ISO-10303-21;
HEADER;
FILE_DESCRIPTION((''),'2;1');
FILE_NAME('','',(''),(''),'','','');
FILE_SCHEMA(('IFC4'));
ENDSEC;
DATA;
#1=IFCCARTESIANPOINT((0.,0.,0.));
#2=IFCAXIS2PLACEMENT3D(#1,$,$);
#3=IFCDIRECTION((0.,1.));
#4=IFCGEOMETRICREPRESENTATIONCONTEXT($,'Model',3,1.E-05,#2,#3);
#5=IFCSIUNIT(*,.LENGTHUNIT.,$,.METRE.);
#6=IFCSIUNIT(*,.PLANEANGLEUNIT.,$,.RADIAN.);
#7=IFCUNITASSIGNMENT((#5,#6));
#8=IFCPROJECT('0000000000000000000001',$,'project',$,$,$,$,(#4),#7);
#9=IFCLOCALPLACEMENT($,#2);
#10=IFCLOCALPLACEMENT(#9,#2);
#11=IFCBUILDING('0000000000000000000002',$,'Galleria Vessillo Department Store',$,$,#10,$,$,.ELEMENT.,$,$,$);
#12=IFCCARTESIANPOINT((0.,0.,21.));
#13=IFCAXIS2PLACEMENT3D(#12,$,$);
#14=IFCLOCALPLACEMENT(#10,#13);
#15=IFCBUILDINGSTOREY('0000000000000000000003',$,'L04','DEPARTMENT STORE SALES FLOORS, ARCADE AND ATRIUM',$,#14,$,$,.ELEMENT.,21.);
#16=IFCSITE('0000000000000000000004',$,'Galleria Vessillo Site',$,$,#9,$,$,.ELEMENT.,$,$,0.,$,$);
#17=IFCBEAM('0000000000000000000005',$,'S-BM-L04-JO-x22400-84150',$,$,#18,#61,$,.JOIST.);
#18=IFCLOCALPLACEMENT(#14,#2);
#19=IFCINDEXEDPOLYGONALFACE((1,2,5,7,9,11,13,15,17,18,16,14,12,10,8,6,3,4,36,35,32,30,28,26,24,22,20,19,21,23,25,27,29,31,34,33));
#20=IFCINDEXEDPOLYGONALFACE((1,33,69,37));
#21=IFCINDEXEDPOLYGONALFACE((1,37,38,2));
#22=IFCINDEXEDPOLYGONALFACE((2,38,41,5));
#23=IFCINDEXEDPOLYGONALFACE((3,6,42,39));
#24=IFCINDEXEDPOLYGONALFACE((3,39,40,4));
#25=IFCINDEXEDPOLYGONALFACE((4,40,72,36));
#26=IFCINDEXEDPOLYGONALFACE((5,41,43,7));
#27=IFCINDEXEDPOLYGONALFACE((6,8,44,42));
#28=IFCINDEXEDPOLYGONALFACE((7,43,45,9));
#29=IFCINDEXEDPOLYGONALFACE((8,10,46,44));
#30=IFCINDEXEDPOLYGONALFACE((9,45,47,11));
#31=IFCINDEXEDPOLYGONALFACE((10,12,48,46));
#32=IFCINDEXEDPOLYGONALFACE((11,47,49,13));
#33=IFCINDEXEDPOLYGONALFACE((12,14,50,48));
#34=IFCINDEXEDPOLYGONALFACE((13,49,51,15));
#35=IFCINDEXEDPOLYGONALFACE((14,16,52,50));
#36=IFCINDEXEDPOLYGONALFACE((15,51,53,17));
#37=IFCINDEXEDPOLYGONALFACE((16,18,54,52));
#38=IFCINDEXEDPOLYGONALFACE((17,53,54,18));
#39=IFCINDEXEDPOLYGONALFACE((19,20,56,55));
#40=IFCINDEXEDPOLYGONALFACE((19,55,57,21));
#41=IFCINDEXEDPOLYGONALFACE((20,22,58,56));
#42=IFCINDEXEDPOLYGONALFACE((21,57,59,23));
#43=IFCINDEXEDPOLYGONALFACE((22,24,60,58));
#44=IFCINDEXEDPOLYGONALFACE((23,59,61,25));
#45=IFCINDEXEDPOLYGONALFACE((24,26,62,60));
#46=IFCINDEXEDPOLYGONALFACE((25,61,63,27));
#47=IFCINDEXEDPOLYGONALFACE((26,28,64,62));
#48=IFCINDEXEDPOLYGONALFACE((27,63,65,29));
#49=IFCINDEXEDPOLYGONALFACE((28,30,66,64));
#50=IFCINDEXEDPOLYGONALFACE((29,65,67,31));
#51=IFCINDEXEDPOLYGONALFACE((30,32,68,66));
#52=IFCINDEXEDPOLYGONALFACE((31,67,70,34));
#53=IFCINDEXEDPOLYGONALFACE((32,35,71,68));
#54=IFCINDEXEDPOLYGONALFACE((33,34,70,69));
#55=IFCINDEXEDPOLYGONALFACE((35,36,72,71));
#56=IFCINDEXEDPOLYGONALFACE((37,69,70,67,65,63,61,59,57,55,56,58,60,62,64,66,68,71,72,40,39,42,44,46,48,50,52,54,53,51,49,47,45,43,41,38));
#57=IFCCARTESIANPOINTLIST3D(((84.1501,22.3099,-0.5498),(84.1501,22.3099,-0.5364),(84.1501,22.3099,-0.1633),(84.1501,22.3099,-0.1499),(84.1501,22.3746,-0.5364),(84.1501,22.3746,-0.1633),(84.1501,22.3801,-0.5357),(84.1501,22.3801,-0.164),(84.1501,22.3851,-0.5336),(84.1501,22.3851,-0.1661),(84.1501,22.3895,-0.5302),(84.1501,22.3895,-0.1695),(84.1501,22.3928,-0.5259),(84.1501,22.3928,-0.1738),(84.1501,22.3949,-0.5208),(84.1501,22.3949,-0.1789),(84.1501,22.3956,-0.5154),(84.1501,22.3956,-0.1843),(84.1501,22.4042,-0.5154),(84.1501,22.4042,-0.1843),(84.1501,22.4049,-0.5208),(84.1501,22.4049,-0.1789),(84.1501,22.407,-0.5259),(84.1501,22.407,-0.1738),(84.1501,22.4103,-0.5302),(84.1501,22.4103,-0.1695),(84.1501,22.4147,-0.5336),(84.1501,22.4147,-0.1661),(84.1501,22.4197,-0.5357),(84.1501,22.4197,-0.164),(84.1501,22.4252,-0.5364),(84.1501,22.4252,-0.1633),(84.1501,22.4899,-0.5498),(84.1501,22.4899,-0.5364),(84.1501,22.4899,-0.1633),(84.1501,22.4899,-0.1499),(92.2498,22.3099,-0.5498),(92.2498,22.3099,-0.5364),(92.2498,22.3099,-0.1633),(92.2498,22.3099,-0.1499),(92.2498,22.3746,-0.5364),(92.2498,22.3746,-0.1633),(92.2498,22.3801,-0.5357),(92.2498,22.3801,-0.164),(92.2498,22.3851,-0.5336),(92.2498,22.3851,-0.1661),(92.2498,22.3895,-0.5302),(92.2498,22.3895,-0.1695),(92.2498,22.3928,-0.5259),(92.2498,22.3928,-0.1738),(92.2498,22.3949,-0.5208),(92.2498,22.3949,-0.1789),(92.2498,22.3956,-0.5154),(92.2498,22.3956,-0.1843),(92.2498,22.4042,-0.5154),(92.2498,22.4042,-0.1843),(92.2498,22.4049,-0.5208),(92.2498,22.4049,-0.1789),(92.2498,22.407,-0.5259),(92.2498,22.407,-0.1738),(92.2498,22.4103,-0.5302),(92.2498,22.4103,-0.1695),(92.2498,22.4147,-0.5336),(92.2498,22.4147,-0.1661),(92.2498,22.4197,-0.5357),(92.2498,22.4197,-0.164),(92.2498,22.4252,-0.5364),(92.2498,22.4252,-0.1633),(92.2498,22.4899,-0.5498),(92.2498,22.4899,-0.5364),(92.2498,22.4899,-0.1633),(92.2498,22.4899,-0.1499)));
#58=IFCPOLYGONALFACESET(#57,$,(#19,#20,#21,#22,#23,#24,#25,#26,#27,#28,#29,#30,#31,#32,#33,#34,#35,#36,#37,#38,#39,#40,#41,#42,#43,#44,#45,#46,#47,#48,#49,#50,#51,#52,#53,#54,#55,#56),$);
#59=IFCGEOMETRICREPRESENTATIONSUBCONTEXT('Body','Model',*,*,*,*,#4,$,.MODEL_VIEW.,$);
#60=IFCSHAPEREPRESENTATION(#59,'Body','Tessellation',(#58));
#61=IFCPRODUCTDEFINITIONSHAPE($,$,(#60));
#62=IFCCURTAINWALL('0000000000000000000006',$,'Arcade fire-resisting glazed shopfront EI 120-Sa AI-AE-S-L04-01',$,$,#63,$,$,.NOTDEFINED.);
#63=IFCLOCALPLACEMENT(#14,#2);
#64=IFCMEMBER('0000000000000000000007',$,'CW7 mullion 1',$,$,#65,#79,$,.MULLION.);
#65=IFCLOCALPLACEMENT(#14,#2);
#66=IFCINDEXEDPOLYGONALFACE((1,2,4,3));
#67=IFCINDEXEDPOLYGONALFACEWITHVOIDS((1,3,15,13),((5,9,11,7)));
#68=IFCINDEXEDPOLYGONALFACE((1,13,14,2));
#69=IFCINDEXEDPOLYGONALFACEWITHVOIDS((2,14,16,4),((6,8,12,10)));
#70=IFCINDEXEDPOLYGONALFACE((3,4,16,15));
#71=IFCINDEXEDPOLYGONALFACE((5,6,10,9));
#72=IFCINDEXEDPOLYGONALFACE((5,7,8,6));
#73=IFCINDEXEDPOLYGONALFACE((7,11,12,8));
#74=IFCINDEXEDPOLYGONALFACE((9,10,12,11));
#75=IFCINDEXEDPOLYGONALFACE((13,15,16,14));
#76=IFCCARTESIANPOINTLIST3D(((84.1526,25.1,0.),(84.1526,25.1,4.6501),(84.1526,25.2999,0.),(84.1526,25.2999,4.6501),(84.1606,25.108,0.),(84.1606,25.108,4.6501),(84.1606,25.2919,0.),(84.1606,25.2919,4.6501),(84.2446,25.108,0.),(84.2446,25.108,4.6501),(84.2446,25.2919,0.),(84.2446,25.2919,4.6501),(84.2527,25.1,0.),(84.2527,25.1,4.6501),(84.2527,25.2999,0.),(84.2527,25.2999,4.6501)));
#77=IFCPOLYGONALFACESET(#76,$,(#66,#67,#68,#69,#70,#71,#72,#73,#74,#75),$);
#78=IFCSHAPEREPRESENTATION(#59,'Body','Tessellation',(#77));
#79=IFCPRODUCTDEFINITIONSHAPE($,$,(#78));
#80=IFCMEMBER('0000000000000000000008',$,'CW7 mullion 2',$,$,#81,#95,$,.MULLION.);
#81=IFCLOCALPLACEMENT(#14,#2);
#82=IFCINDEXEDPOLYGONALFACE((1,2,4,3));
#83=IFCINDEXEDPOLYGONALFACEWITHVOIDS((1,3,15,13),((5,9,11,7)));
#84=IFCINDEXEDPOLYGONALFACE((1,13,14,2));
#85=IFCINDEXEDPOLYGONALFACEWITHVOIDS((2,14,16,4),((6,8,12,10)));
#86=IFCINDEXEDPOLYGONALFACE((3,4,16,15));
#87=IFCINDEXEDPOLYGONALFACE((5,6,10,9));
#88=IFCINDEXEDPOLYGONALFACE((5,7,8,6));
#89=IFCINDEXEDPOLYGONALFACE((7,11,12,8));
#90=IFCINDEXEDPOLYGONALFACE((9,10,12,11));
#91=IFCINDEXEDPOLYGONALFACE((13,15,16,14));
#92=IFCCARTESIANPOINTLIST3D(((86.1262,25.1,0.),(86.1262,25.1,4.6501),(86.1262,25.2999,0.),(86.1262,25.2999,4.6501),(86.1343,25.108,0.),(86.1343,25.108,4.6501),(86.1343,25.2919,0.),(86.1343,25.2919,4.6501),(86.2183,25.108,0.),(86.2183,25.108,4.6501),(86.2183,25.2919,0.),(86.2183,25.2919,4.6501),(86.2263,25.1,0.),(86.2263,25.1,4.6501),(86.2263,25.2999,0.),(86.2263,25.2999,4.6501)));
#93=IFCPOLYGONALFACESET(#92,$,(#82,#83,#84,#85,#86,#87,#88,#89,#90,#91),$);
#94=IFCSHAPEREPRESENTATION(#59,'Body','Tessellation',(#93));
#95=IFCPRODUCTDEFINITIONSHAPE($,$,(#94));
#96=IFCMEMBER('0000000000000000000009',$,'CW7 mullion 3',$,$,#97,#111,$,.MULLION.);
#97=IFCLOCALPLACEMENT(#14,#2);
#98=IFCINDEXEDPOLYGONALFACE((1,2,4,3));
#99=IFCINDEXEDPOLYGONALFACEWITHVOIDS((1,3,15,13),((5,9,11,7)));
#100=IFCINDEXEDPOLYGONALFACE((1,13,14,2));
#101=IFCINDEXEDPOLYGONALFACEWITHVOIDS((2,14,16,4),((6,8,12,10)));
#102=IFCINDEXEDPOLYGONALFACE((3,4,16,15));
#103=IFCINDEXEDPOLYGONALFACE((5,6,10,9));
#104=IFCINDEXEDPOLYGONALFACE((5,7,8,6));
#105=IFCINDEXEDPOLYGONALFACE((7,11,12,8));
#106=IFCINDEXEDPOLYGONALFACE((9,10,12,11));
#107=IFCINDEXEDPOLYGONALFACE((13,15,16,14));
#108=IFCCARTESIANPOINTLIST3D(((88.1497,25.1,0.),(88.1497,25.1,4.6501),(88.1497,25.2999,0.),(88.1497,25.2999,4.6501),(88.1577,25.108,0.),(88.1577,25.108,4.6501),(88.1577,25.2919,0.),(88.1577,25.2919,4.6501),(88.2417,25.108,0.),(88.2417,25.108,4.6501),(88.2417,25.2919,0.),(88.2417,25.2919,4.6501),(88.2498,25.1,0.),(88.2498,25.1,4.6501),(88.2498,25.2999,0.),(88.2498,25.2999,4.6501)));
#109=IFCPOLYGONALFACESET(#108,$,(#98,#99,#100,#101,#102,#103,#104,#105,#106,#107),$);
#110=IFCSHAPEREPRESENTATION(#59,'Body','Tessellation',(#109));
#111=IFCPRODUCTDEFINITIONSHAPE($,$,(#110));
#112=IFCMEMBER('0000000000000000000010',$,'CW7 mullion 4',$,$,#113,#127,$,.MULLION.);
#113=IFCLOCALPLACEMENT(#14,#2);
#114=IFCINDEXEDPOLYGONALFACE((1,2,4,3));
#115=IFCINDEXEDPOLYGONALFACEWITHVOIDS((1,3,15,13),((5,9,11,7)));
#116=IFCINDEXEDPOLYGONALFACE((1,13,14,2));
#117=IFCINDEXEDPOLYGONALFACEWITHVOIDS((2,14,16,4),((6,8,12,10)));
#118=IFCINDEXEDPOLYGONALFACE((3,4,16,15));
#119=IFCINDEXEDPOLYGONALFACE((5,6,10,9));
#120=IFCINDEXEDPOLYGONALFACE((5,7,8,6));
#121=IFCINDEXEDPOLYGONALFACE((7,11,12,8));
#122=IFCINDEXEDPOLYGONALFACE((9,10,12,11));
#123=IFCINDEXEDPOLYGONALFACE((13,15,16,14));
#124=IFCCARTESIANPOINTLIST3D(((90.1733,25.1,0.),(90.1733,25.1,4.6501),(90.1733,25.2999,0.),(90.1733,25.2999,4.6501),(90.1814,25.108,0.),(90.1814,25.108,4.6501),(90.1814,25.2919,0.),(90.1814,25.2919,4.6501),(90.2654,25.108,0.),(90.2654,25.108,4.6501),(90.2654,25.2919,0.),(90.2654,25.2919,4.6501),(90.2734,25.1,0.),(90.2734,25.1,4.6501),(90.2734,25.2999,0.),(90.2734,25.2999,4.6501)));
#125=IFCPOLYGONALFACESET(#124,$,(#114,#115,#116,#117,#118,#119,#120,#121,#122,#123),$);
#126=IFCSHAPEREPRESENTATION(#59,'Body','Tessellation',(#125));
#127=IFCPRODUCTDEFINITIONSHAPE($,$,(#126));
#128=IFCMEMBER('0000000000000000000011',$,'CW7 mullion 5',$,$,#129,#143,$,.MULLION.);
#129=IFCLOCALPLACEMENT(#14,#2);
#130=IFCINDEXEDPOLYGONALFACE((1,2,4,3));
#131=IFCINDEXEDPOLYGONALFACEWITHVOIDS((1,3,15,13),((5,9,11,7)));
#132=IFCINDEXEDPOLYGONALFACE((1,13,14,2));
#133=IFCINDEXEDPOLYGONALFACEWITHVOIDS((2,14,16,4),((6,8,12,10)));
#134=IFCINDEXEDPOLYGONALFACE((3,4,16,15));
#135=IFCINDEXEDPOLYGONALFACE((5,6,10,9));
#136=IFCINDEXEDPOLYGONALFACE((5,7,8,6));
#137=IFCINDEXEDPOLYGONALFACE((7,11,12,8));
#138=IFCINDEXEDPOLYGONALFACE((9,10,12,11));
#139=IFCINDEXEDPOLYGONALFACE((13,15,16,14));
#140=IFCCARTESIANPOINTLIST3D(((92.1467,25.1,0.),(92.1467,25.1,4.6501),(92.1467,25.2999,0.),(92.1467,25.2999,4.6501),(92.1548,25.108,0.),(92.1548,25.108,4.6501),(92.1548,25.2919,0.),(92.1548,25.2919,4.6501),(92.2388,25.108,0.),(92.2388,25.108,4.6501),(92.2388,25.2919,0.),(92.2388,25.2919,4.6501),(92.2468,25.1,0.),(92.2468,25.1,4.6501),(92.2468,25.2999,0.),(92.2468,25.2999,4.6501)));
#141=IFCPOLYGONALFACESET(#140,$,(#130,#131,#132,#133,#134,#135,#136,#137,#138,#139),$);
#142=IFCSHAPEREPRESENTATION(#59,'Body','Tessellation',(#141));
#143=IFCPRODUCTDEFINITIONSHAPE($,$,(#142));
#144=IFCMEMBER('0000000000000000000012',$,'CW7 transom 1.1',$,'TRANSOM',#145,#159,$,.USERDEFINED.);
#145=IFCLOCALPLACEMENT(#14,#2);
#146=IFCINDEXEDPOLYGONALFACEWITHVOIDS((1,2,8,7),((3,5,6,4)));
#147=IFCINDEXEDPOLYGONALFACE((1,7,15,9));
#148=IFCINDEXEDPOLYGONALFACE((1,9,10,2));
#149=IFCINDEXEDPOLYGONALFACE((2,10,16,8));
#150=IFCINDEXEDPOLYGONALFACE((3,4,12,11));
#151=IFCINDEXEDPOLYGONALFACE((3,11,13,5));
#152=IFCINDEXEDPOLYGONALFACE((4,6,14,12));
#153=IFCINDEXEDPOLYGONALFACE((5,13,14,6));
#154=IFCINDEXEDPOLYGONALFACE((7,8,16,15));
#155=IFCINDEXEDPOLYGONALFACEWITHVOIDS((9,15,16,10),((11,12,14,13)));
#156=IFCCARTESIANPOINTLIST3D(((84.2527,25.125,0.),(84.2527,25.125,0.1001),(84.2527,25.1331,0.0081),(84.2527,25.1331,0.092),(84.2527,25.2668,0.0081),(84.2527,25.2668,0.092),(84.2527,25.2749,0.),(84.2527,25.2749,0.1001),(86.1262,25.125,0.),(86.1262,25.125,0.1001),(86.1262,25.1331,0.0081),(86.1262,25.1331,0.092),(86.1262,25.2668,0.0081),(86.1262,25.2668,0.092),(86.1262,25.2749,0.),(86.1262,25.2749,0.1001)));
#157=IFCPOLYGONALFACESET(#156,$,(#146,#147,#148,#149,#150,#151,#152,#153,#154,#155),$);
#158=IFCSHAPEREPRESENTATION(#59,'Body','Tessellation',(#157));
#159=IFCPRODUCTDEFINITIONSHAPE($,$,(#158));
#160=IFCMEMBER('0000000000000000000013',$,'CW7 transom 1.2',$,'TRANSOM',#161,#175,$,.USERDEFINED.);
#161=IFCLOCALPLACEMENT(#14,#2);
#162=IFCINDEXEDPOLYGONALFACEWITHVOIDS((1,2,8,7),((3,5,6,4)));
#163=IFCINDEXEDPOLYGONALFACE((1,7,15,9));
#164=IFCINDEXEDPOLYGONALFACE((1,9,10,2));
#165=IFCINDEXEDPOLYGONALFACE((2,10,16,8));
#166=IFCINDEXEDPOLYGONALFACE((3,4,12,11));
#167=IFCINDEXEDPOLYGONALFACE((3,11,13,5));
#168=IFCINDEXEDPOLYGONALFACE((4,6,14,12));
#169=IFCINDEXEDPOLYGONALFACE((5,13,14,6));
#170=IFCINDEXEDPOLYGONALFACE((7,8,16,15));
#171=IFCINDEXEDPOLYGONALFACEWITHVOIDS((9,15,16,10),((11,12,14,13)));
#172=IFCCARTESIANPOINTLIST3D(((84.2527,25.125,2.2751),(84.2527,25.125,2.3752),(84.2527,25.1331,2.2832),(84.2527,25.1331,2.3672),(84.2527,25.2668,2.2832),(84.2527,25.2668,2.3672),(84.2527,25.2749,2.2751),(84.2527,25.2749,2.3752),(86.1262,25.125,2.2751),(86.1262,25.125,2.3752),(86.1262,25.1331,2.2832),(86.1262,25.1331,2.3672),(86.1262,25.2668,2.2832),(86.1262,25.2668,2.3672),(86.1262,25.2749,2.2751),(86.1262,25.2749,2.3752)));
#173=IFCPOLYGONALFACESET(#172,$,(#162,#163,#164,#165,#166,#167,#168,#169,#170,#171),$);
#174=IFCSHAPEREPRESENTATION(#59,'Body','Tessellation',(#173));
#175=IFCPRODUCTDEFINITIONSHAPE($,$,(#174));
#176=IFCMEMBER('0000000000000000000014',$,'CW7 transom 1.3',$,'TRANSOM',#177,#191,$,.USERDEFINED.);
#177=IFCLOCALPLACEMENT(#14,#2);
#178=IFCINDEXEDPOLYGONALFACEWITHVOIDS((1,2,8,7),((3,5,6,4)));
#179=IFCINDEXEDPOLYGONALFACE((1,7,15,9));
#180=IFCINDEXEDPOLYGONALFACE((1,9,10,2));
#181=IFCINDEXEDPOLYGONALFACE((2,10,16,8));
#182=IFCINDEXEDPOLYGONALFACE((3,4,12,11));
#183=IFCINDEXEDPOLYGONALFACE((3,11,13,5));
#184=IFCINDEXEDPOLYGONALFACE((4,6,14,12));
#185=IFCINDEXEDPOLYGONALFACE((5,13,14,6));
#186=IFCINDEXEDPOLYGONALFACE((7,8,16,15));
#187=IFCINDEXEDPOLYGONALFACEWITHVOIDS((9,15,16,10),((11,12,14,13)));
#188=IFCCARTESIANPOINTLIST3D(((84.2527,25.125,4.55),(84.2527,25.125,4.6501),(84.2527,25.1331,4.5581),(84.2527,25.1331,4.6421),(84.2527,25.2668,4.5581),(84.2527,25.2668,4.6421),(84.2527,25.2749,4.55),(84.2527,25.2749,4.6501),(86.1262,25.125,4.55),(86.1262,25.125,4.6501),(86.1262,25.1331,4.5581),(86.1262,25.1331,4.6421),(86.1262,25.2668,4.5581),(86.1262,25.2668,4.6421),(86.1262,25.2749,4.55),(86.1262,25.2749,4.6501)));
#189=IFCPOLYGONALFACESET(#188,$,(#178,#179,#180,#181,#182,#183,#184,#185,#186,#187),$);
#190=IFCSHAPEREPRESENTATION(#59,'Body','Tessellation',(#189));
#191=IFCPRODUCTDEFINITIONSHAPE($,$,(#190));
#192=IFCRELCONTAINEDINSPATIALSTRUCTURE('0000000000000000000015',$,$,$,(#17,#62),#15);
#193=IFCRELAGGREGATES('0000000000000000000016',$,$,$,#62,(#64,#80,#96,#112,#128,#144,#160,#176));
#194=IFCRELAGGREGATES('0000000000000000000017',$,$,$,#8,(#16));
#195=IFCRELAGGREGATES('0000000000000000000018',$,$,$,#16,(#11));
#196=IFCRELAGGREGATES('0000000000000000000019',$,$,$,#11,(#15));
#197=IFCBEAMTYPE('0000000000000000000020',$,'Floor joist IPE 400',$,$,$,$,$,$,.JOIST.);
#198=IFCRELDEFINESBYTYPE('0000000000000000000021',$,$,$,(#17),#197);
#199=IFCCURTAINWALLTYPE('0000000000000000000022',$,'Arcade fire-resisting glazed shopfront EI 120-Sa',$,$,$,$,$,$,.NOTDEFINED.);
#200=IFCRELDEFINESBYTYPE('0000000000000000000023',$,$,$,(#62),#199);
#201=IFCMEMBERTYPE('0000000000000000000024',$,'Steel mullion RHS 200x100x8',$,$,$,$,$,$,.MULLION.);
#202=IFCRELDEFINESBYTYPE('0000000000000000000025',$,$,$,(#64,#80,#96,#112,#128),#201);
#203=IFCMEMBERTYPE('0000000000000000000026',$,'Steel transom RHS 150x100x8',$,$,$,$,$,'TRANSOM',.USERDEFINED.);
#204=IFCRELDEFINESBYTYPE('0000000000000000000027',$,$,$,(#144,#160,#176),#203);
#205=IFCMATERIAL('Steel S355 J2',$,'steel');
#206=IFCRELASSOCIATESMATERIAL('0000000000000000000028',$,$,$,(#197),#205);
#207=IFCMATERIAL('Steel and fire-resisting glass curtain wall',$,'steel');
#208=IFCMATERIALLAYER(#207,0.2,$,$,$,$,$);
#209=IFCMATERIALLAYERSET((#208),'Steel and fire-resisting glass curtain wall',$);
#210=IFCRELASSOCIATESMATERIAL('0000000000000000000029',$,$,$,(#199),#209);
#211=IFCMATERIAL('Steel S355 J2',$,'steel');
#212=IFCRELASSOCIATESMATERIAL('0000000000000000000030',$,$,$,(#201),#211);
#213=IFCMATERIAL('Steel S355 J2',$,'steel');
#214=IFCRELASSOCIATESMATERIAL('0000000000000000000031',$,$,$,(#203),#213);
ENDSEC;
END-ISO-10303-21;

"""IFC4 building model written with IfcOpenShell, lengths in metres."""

from ifc_helpers import new_model, si_unit, direction, frame, origin, origin_2d, place, context, subcontext, project, spatial, hollow_rectangle, i_section, extrude, material, layer, layer_set, material_profile, profile_set, type_object, element, aggregate, save


model = new_model("IFC4")

# Units and contexts
model_context = context("Model", 3, precision=1e-05, world=origin(), true_north=direction((0.0, 1.0)))
body_context = subcontext(model_context, "Body", "Model", "MODEL_VIEW")
ifc_project = project(units=[si_unit("LENGTHUNIT", "METRE"), si_unit("PLANEANGLEUNIT", "RADIAN")], contexts=[model_context])

# Site, building, storey
site_placement = place(None, origin())
site = spatial("IfcSite", under=ifc_project, at=site_placement, Name="Galleria Vessillo Site", CompositionType="ELEMENT", RefElevation=0.0)
building_placement = place(site_placement, origin())
building = spatial("IfcBuilding", under=site, at=building_placement, Name="Galleria Vessillo Department Store", CompositionType="ELEMENT")
storey_placement = place(building_placement, frame((0.0, 0.0, 21.0)))
storey = spatial("IfcBuildingStorey", under=building, at=storey_placement, Name="L04", Description="DEPARTMENT STORE SALES FLOORS, ARCADE AND ATRIUM", CompositionType="ELEMENT", Elevation=21.0)

# Beam
ifc_material_1 = material(Name="Steel S355 J2", Category="steel")
ifc_material_profile_1 = material_profile(ifc_material_1, i_section(OverallWidth=0.1799, OverallDepth=0.3999, WebThickness=0.0085, FlangeThickness=0.0134, FilletRadius=0.021, at=origin_2d()), Name="IPE 400")
ifc_profile_set_1 = profile_set([ifc_material_profile_1], Name="Steel S355 J2")
beam_type_1 = type_object("IfcBeamType", Name="Floor joist IPE 400", PredefinedType="JOIST", material=ifc_profile_set_1)
for number, where, z_axis, x_axis, name in (
    (1, (84.1501, 22.3999, -0.3499), (1.0, 0.0, 0.0), (0.0, 1.0, 0.0), "S-BM-L04-JO-x22400-84150"),
):
    element("IfcBeam", number, at=place(storey_placement, frame(where, z_axis=z_axis, x_axis=x_axis)), inside=storey, type_object=beam_type_1, Name=name, PredefinedType="JOIST", context=body_context, shape_type="SweptSolid", body=[
        extrude(i_section(OverallWidth=0.1799, OverallDepth=0.3999, WebThickness=0.0085, FlangeThickness=0.0134, FilletRadius=0.021, at=origin_2d()), origin(), (0.0, 0.0, 1.0), 8.0996),
    ])

# Curtain wall, members
ifc_material_2 = material(Name="Steel and fire-resisting glass curtain wall", Category="steel")
ifc_layer_1 = layer(ifc_material_2, 0.2)
ifc_layer_set_1 = layer_set([ifc_layer_1], Name="Steel and fire-resisting glass curtain wall")
curtain_wall_type = type_object("IfcCurtainWallType", Name="Arcade fire-resisting glazed shopfront EI 120-Sa", PredefinedType="NOTDEFINED", material=ifc_layer_set_1)
curtain_wall_placement = place(storey_placement, origin())
curtain_wall = element("IfcCurtainWall", 2, at=curtain_wall_placement, inside=storey, type_object=curtain_wall_type, Name="Arcade fire-resisting glazed shopfront EI 120-Sa AI-AE-S-L04-01", PredefinedType="NOTDEFINED")
ifc_material_3 = material(Name="Steel S355 J2", Category="steel")
ifc_material_profile_2 = material_profile(ifc_material_3, hollow_rectangle(XDim=0.2, YDim=0.1001, WallThickness=0.0081, at=origin_2d()), Name="RHS 200x100x8")
ifc_profile_set_2 = profile_set([ifc_material_profile_2], Name="Steel S355 J2")
member_type_1 = type_object("IfcMemberType", Name="Steel mullion RHS 200x100x8", PredefinedType="MULLION", material=ifc_profile_set_2)
member_1_placement = place(storey_placement, frame((84.2026, 25.2, 0.0), z_axis=(0.0, 0.0, 1.0), x_axis=(0.0, 1.0, 0.0)))
member_1 = element("IfcMember", 3, at=member_1_placement, type_object=member_type_1, Name="CW7 mullion 1", PredefinedType="MULLION", context=body_context, shape_type="SweptSolid", body=[
    extrude(hollow_rectangle(XDim=0.2, YDim=0.1001, WallThickness=0.0081, at=origin_2d()), origin(), (0.0, 0.0, 1.0), 4.6501),
])
member_2_placement = place(storey_placement, frame((86.1763, 25.2, 0.0), z_axis=(0.0, 0.0, 1.0), x_axis=(0.0, 1.0, 0.0)))
member_2 = element("IfcMember", 4, at=member_2_placement, type_object=member_type_1, Name="CW7 mullion 2", PredefinedType="MULLION", context=body_context, shape_type="SweptSolid", body=[
    extrude(hollow_rectangle(XDim=0.2, YDim=0.1001, WallThickness=0.0081, at=origin_2d()), origin(), (0.0, 0.0, 1.0), 4.6501),
])
member_3_placement = place(storey_placement, frame((88.1997, 25.2, 0.0), z_axis=(0.0, 0.0, 1.0), x_axis=(0.0, 1.0, 0.0)))
member_3 = element("IfcMember", 5, at=member_3_placement, type_object=member_type_1, Name="CW7 mullion 3", PredefinedType="MULLION", context=body_context, shape_type="SweptSolid", body=[
    extrude(hollow_rectangle(XDim=0.2, YDim=0.1001, WallThickness=0.0081, at=origin_2d()), origin(), (0.0, 0.0, 1.0), 4.6501),
])
member_4_placement = place(storey_placement, frame((90.2234, 25.2, 0.0), z_axis=(0.0, 0.0, 1.0), x_axis=(0.0, 1.0, 0.0)))
member_4 = element("IfcMember", 6, at=member_4_placement, type_object=member_type_1, Name="CW7 mullion 4", PredefinedType="MULLION", context=body_context, shape_type="SweptSolid", body=[
    extrude(hollow_rectangle(XDim=0.2, YDim=0.1001, WallThickness=0.0081, at=origin_2d()), origin(), (0.0, 0.0, 1.0), 4.6501),
])
member_5_placement = place(storey_placement, frame((92.1968, 25.2, 0.0), z_axis=(0.0, 0.0, 1.0), x_axis=(0.0, 1.0, 0.0)))
member_5 = element("IfcMember", 7, at=member_5_placement, type_object=member_type_1, Name="CW7 mullion 5", PredefinedType="MULLION", context=body_context, shape_type="SweptSolid", body=[
    extrude(hollow_rectangle(XDim=0.2, YDim=0.1001, WallThickness=0.0081, at=origin_2d()), origin(), (0.0, 0.0, 1.0), 4.6501),
])
ifc_material_4 = material(Name="Steel S355 J2", Category="steel")
ifc_material_profile_3 = material_profile(ifc_material_4, hollow_rectangle(XDim=0.1499, YDim=0.1001, WallThickness=0.0081, at=origin_2d()), Name="RHS 150x100x8")
ifc_profile_set_3 = profile_set([ifc_material_profile_3], Name="Steel S355 J2")
member_type_2 = type_object("IfcMemberType", Name="Steel transom RHS 150x100x8", ElementType="TRANSOM", PredefinedType="USERDEFINED", material=ifc_profile_set_3)
member_6_placement = place(storey_placement, frame((84.2527, 25.2, 0.05), z_axis=(1.0, 0.0, 0.0), x_axis=(0.0, 1.0, 0.0)))
member_6 = element("IfcMember", 8, at=member_6_placement, type_object=member_type_2, Name="CW7 transom 1.1", ObjectType="TRANSOM", PredefinedType="USERDEFINED", context=body_context, shape_type="SweptSolid", body=[
    extrude(hollow_rectangle(XDim=0.1499, YDim=0.1001, WallThickness=0.0081, at=origin_2d()), origin(), (0.0, 0.0, 1.0), 1.8735),
])
member_7_placement = place(storey_placement, frame((84.2527, 25.2, 2.3252), z_axis=(1.0, 0.0, 0.0), x_axis=(0.0, 1.0, 0.0)))
member_7 = element("IfcMember", 9, at=member_7_placement, type_object=member_type_2, Name="CW7 transom 1.2", ObjectType="TRANSOM", PredefinedType="USERDEFINED", context=body_context, shape_type="SweptSolid", body=[
    extrude(hollow_rectangle(XDim=0.1499, YDim=0.1001, WallThickness=0.0081, at=origin_2d()), origin(), (0.0, 0.0, 1.0), 1.8735),
])
member_8_placement = place(storey_placement, frame((84.2527, 25.2, 4.6001), z_axis=(1.0, 0.0, 0.0), x_axis=(0.0, 1.0, 0.0)))
member_8 = element("IfcMember", 10, at=member_8_placement, type_object=member_type_2, Name="CW7 transom 1.3", ObjectType="TRANSOM", PredefinedType="USERDEFINED", context=body_context, shape_type="SweptSolid", body=[
    extrude(hollow_rectangle(XDim=0.1499, YDim=0.1001, WallThickness=0.0081, at=origin_2d()), origin(), (0.0, 0.0, 1.0), 1.8735),
])

aggregate(curtain_wall, [member_1, member_2, member_3, member_4, member_5, member_6, member_7, member_8])

save(model, "model.ifc")
